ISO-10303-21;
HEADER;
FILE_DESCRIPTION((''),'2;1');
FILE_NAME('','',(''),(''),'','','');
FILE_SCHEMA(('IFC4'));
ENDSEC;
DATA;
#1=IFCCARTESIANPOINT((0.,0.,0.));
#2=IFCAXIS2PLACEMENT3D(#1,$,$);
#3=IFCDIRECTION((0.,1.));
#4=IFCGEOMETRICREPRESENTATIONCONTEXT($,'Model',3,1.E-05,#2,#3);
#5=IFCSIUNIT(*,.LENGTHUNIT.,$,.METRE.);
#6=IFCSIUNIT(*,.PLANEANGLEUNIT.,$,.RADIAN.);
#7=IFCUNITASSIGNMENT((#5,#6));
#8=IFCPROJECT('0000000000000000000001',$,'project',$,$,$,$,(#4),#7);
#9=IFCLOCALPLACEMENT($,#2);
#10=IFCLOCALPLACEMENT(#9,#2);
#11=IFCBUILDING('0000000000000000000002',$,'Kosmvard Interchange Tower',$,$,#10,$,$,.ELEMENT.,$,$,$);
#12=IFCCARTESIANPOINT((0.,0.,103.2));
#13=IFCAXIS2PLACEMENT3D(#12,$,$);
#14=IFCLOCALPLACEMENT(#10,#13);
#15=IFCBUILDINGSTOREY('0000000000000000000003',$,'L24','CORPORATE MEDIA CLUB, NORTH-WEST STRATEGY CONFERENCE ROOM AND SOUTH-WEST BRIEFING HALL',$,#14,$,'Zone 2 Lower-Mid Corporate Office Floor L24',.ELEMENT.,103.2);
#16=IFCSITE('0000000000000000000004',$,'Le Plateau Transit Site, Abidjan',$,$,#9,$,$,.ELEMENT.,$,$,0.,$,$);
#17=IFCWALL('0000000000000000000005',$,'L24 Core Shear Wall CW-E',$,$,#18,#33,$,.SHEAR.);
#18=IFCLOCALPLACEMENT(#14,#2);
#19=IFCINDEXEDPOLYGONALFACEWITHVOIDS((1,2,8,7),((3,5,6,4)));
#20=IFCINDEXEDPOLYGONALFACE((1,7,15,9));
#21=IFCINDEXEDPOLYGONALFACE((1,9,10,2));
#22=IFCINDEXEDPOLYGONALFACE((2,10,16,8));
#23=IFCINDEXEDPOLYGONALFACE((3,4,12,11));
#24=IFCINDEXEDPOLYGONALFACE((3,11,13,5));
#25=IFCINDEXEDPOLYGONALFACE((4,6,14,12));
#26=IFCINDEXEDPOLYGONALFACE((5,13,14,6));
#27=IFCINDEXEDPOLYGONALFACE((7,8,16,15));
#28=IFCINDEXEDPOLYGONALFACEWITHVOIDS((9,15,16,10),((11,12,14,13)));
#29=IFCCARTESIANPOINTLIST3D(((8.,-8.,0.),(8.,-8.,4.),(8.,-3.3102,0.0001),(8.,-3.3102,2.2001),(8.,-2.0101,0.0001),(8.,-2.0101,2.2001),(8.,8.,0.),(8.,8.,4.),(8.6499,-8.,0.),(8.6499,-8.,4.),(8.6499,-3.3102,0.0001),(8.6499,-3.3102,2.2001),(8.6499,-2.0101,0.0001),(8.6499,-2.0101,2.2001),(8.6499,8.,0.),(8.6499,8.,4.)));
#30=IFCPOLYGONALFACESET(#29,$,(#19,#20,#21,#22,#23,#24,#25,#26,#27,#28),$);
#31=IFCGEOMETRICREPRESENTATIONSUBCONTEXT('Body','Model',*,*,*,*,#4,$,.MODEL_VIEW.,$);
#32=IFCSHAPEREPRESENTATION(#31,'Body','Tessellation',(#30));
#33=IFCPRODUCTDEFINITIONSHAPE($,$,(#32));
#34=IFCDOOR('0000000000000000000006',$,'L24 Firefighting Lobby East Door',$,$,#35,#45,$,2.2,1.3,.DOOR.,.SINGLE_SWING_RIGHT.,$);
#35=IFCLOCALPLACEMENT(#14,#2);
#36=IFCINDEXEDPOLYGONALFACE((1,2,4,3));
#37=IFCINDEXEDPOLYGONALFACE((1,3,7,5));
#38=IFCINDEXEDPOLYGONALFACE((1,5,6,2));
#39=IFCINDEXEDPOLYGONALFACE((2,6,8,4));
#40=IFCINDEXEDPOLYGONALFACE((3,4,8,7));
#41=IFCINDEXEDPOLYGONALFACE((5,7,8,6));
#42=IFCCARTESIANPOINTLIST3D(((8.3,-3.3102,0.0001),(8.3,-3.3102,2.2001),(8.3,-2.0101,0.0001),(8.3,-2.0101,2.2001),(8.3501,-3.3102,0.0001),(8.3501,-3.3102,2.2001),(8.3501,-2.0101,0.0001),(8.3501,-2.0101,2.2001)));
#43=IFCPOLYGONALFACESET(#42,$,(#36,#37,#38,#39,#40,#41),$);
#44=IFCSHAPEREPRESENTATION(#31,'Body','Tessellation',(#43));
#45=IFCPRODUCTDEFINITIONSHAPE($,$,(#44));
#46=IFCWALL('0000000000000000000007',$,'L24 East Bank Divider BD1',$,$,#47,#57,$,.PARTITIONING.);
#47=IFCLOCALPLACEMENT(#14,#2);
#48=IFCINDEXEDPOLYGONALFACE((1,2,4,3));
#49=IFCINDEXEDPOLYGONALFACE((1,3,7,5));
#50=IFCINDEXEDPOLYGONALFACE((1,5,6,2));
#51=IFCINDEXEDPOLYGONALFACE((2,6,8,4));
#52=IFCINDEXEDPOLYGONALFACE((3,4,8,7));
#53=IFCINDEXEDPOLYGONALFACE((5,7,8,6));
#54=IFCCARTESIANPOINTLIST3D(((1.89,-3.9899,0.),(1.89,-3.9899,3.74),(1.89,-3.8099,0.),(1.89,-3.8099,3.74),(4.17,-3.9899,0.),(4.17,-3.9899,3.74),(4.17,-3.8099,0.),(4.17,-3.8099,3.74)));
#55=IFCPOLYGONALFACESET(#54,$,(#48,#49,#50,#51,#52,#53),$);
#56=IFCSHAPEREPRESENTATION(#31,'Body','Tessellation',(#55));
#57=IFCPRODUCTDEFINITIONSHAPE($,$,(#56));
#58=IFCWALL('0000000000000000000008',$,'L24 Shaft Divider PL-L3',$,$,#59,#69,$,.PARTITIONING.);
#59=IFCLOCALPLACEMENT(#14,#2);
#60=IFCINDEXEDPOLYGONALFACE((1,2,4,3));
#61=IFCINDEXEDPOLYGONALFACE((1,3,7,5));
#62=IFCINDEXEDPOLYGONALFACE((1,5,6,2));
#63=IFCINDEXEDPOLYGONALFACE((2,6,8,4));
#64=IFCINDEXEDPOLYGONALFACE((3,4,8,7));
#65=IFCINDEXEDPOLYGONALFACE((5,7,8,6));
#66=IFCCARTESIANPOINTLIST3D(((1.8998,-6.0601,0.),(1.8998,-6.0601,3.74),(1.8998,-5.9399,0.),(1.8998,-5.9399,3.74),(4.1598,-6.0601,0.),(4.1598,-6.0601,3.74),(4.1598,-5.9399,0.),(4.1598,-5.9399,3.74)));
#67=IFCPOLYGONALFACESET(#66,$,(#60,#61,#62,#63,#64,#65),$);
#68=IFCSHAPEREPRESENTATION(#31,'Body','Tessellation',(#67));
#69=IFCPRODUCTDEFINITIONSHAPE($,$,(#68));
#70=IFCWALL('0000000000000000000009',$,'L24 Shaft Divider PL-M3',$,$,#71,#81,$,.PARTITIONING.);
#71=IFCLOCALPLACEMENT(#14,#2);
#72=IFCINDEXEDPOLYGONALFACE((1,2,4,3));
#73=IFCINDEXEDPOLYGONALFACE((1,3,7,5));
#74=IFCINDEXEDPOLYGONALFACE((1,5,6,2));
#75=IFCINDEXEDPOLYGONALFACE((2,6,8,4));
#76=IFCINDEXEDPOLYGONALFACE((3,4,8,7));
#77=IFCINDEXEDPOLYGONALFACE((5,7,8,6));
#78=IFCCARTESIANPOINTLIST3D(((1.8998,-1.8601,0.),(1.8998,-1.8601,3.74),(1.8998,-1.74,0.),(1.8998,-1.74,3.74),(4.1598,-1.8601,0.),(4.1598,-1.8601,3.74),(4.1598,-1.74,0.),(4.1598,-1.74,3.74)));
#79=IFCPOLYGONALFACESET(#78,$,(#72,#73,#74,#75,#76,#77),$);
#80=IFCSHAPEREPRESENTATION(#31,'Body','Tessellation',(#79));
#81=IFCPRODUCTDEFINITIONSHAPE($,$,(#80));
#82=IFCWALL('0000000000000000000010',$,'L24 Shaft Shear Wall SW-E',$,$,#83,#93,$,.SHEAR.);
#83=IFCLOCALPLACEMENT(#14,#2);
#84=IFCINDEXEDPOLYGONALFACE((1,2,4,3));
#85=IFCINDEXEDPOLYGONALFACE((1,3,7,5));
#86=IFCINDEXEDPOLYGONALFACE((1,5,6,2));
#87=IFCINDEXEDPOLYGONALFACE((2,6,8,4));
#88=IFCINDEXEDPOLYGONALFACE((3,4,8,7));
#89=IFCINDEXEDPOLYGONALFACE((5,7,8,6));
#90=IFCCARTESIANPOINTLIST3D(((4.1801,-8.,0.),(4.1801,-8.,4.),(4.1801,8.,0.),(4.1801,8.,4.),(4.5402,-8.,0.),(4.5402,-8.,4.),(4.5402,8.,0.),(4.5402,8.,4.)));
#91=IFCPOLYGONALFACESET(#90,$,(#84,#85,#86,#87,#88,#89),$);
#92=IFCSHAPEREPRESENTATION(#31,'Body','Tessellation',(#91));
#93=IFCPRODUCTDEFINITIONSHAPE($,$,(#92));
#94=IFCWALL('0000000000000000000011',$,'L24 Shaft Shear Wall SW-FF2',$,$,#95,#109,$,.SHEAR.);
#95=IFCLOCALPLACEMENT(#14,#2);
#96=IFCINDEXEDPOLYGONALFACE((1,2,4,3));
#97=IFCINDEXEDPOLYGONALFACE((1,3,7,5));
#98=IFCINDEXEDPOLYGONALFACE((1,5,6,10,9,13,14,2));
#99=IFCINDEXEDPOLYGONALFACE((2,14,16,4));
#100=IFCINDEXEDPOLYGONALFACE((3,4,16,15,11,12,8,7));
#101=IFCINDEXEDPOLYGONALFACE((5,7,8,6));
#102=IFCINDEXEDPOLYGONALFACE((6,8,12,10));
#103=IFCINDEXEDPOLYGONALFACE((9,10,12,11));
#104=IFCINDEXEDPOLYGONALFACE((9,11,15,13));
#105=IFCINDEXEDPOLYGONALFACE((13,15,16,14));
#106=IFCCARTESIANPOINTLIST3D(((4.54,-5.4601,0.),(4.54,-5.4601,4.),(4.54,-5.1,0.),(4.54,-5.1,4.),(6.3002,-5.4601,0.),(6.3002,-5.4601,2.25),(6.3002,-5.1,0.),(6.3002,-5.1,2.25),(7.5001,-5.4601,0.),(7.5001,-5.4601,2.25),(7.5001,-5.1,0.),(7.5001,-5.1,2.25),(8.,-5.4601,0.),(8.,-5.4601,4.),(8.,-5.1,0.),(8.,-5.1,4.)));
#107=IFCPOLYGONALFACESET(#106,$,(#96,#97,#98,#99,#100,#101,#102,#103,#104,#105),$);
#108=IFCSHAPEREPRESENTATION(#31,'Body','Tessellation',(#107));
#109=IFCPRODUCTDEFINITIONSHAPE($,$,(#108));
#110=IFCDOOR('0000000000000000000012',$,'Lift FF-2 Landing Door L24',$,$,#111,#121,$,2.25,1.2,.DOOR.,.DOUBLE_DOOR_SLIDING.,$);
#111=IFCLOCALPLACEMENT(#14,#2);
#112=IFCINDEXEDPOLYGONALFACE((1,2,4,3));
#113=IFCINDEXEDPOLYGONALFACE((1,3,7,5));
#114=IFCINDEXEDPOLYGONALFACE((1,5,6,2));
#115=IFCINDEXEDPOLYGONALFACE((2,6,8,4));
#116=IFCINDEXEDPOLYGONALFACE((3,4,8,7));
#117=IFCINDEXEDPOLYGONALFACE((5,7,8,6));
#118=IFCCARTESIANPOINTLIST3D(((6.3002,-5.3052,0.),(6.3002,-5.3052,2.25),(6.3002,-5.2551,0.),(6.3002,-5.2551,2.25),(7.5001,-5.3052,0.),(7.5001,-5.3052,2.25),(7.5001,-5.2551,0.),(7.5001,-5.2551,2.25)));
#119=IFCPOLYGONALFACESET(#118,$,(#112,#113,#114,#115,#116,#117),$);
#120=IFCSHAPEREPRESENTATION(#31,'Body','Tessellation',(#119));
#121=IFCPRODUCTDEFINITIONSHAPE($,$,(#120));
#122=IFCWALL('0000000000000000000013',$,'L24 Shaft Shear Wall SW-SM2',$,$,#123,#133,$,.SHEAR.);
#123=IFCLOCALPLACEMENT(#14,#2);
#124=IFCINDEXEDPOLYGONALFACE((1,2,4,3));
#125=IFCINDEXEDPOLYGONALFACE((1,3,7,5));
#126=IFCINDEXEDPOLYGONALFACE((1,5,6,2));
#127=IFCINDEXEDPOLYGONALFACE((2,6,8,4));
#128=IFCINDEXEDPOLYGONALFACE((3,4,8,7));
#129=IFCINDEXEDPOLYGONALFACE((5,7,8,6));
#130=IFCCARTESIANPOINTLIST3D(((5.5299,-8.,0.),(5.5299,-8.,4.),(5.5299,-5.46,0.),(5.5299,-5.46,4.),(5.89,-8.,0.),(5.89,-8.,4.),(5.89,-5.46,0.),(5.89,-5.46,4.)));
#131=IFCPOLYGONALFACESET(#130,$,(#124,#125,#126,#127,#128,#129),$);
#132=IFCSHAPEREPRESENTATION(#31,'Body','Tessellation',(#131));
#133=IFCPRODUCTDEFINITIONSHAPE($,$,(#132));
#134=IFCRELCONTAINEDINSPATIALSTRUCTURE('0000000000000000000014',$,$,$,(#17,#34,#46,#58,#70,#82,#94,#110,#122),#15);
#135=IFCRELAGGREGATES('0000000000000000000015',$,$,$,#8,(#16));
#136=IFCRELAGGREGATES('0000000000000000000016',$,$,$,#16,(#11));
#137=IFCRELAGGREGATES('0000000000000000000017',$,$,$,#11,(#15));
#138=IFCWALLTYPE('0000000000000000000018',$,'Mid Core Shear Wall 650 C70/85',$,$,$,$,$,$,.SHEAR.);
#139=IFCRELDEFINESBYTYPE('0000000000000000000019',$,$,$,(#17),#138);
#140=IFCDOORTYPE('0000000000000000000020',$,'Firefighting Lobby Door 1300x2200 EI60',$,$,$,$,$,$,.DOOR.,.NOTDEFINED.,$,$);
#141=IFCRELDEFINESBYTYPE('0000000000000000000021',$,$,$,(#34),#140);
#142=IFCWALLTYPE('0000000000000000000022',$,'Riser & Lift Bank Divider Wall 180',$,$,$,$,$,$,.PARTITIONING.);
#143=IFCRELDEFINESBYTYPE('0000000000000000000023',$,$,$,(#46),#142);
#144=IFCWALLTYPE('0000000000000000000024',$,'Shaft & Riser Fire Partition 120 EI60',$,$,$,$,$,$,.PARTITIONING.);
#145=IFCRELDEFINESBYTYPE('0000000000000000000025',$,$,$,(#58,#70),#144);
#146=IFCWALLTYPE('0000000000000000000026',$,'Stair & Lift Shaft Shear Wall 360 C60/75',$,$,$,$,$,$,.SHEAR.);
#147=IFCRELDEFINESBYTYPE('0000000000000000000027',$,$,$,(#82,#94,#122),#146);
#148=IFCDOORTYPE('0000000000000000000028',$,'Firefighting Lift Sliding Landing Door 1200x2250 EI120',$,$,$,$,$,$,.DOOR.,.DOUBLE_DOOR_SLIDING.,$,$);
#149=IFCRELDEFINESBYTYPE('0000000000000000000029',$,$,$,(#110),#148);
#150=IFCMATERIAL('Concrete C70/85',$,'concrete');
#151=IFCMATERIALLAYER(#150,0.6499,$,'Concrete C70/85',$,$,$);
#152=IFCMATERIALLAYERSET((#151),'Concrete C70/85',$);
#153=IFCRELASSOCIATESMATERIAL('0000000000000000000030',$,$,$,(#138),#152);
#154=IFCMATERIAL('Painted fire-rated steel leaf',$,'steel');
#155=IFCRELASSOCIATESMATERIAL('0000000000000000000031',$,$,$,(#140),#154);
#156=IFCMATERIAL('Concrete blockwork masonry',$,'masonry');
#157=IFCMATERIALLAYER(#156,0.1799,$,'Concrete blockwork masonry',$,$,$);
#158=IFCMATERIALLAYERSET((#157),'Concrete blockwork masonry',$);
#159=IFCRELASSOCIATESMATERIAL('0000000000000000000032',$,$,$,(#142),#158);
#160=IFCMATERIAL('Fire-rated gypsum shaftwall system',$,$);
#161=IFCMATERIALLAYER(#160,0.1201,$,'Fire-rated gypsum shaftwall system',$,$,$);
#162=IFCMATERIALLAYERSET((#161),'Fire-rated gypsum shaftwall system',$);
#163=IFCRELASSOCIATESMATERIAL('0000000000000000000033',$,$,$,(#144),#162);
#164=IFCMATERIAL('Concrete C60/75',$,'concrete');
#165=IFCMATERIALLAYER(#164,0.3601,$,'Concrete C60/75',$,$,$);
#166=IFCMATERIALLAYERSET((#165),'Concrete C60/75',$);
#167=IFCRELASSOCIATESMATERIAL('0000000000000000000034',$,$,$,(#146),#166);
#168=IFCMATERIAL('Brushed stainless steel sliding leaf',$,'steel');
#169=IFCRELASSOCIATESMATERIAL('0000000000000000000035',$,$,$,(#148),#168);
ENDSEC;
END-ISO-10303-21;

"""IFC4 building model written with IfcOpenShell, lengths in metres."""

from ifc_helpers import new_model, si_unit, direction, frame, frame_2d, origin, place, context, subcontext, project, spatial, rectangle, extrude, source, transform, mapped, material, layer, layer_set, type_object, element, fill, save


model = new_model("IFC4")

# Units and contexts
model_context = context("Model", 3, precision=1e-05, world=origin(), true_north=direction((0.0, 1.0)))
body_context = subcontext(model_context, "Body", "Model", "MODEL_VIEW")
ifc_project = project(units=[si_unit("LENGTHUNIT", "METRE"), si_unit("PLANEANGLEUNIT", "RADIAN")], contexts=[model_context])

# Site, building, storey
site_placement = place(None, origin())
site = spatial("IfcSite", under=ifc_project, at=site_placement, Name="Le Plateau Transit Site, Abidjan", CompositionType="ELEMENT", RefElevation=0.0)
building_placement = place(site_placement, origin())
building = spatial("IfcBuilding", under=site, at=building_placement, Name="Kosmvard Interchange Tower", CompositionType="ELEMENT")
storey_placement = place(building_placement, frame((0.0, 0.0, 103.2)))
storey = spatial("IfcBuildingStorey", under=building, at=storey_placement, Name="L24", Description="CORPORATE MEDIA CLUB, NORTH-WEST STRATEGY CONFERENCE ROOM AND SOUTH-WEST BRIEFING HALL", LongName="Zone 2 Lower-Mid Corporate Office Floor L24", CompositionType="ELEMENT", Elevation=103.2)

# Shared definitions
ifc_material_1 = material(Name="Concrete C60/75", Category="concrete")

# Shared definitions
ifc_material_2 = material(Name="Brushed stainless steel sliding leaf", Category="steel")

# Wall, opening, door
ifc_material_3 = material(Name="Concrete C70/85", Category="concrete")
ifc_layer_1 = layer(ifc_material_3, 0.6499, Name="Concrete C70/85")
ifc_layer_set_1 = layer_set([ifc_layer_1], Name="Concrete C70/85")
wall_type_1 = type_object("IfcWallType", Name="Mid Core Shear Wall 650 C70/85", PredefinedType="SHEAR", material=ifc_layer_set_1)
wall_1_placement = place(storey_placement, frame((8.325, -8.0, 0.0), z_axis=(0.0, 0.0, 1.0), x_axis=(0.0, 1.0, 0.0)))
wall_1 = element("IfcWall", 1, at=wall_1_placement, inside=storey, type_object=wall_type_1, Name="L24 Core Shear Wall CW-E", PredefinedType="SHEAR", context=body_context, shape_type="SweptSolid", body=[
    extrude(rectangle(XDim=16.0, YDim=0.6499, at=frame_2d((8.0, 0.0))), origin(), (0.0, 0.0, 1.0), 4.0),
])
opening_1_placement = place(wall_1_placement, frame((4.6899, 0.0, 0.0)))
opening_1 = element("IfcOpeningElement", 2, at=opening_1_placement, cuts=wall_1, PredefinedType="OPENING", context=body_context, shape_type="SweptSolid", body=[
    extrude(rectangle(XDim=1.3, YDim=2.2, at=frame_2d((0.6499, 1.1001))), frame((0.0, 0.335, 0.0), z_axis=(0.0, -1.0, 0.0), x_axis=(1.0, 0.0, 0.0)), (0.0, 0.0, 1.0), 0.6699),
])
ifc_material_4 = material(Name="Painted fire-rated steel leaf", Category="steel")
door_type_1 = type_object("IfcDoorType", Name="Firefighting Lobby Door 1300x2200 EI60", OperationType="NOTDEFINED", PredefinedType="DOOR", material=ifc_material_4)
shared_shape_1 = source(origin(), body_context, "Body", "SweptSolid", [
    extrude(rectangle(XDim=1.3, YDim=2.2, at=frame_2d((0.6499, 1.1001))), frame((0.0, 0.0249, 0.0), z_axis=(0.0, -1.0, 0.0), x_axis=(1.0, 0.0, 0.0)), (0.0, 0.0, 1.0), 0.05),
])
door_1_placement = place(opening_1_placement, origin())
door_1 = element("IfcDoor", 3, at=door_1_placement, inside=storey, type_object=door_type_1, Name="L24 Firefighting Lobby East Door", OperationType="SINGLE_SWING_RIGHT", OverallHeight=2.2, OverallWidth=1.3, PredefinedType="DOOR", context=body_context, shape_type="MappedRepresentation", body=[
    mapped(shared_shape_1, transform((0.0, 0.0, 0.0), scale=1.0)),
])
fill(opening_1, door_1)

# Walls
ifc_material_5 = material(Name="Concrete blockwork masonry", Category="masonry")
ifc_layer_2 = layer(ifc_material_5, 0.1799, Name="Concrete blockwork masonry")
ifc_layer_set_2 = layer_set([ifc_layer_2], Name="Concrete blockwork masonry")
wall_type_2 = type_object("IfcWallType", Name="Riser & Lift Bank Divider Wall 180", PredefinedType="PARTITIONING", material=ifc_layer_set_2)
wall_2_placement = place(storey_placement, frame((1.8899, -3.8999, 0.0), z_axis=(0.0, 0.0, 1.0), x_axis=(1.0, 0.0, 0.0)))
element("IfcWall", 4, at=wall_2_placement, inside=storey, type_object=wall_type_2, Name="L24 East Bank Divider BD1", PredefinedType="PARTITIONING", context=body_context, shape_type="SweptSolid", body=[
    extrude(rectangle(XDim=2.28, YDim=0.1799, at=frame_2d((1.1401, 0.0))), origin(), (0.0, 0.0, 1.0), 3.74),
])
ifc_material_6 = material(Name="Fire-rated gypsum shaftwall system")
ifc_layer_3 = layer(ifc_material_6, 0.1201, Name="Fire-rated gypsum shaftwall system")
ifc_layer_set_3 = layer_set([ifc_layer_3], Name="Fire-rated gypsum shaftwall system")
wall_type_3 = type_object("IfcWallType", Name="Shaft & Riser Fire Partition 120 EI60", PredefinedType="PARTITIONING", material=ifc_layer_set_3)
for number, where, z_axis, x_axis, name in (
    (5, (1.8999, -6.0, 0.0), (0.0, 0.0, 1.0), (1.0, 0.0, 0.0), "L24 Shaft Divider PL-L3"),
    (6, (1.8999, -1.8, 0.0), (0.0, 0.0, 1.0), (1.0, 0.0, 0.0), "L24 Shaft Divider PL-M3"),
):
    element("IfcWall", number, at=place(storey_placement, frame(where, z_axis=z_axis, x_axis=x_axis)), inside=storey, type_object=wall_type_3, Name=name, PredefinedType="PARTITIONING", context=body_context, shape_type="SweptSolid", body=[
        extrude(rectangle(XDim=2.26, YDim=0.1201, at=frame_2d((1.1299, 0.0))), origin(), (0.0, 0.0, 1.0), 3.74),
    ])
ifc_layer_4 = layer(ifc_material_1, 0.3601, Name="Concrete C60/75")
ifc_layer_set_4 = layer_set([ifc_layer_4], Name="Concrete C60/75")
wall_type_4 = type_object("IfcWallType", Name="Stair & Lift Shaft Shear Wall 360 C60/75", PredefinedType="SHEAR", material=ifc_layer_set_4)
wall_3_placement = place(storey_placement, frame((4.3601, -8.0, 0.0), z_axis=(0.0, 0.0, 1.0), x_axis=(0.0, 1.0, 0.0)))
element("IfcWall", 7, at=wall_3_placement, inside=storey, type_object=wall_type_4, Name="L24 Shaft Shear Wall SW-E", PredefinedType="SHEAR", context=body_context, shape_type="SweptSolid", body=[
    extrude(rectangle(XDim=16.0, YDim=0.3601, at=frame_2d((8.0, 0.0))), origin(), (0.0, 0.0, 1.0), 4.0),
])

# Wall, opening, door
wall_4_placement = place(storey_placement, frame((4.54, -5.28, 0.0), z_axis=(0.0, 0.0, 1.0), x_axis=(1.0, 0.0, 0.0)))
wall_4 = element("IfcWall", 8, at=wall_4_placement, inside=storey, type_object=wall_type_4, Name="L24 Shaft Shear Wall SW-FF2", PredefinedType="SHEAR", context=body_context, shape_type="SweptSolid", body=[
    extrude(rectangle(XDim=3.46, YDim=0.3601, at=frame_2d((1.73, 0.0))), origin(), (0.0, 0.0, 1.0), 4.0),
])
opening_2_placement = place(wall_4_placement, frame((1.76, 0.0, 0.0)))
opening_2 = element("IfcOpeningElement", 9, at=opening_2_placement, cuts=wall_4, PredefinedType="OPENING", context=body_context, shape_type="SweptSolid", body=[
    extrude(rectangle(XDim=1.2, YDim=2.25, at=frame_2d((0.6001, 1.125))), frame((0.0, 0.1899, 0.0), z_axis=(0.0, -1.0, 0.0), x_axis=(1.0, 0.0, 0.0)), (0.0, 0.0, 1.0), 0.3801),
])
door_type_2 = type_object("IfcDoorType", Name="Firefighting Lift Sliding Landing Door 1200x2250 EI120", OperationType="DOUBLE_DOOR_SLIDING", PredefinedType="DOOR", material=ifc_material_2)
shared_shape_2 = source(origin(), body_context, "Body", "SweptSolid", [
    extrude(rectangle(XDim=1.2, YDim=2.25, at=frame_2d((0.6001, 1.125))), frame((0.0, 0.0249, 0.0), z_axis=(0.0, -1.0, 0.0), x_axis=(1.0, 0.0, 0.0)), (0.0, 0.0, 1.0), 0.05),
])
door_2_placement = place(opening_2_placement, origin())
door_2 = element("IfcDoor", 10, at=door_2_placement, inside=storey, type_object=door_type_2, Name="Lift FF-2 Landing Door L24", OperationType="DOUBLE_DOOR_SLIDING", OverallHeight=2.25, OverallWidth=1.2, PredefinedType="DOOR", context=body_context, shape_type="MappedRepresentation", body=[
    mapped(shared_shape_2, transform((0.0, 0.0, 0.0), scale=1.0)),
])
fill(opening_2, door_2)

# Wall
wall_5_placement = place(storey_placement, frame((5.71, -8.0, 0.0), z_axis=(0.0, 0.0, 1.0), x_axis=(0.0, 1.0, 0.0)))
element("IfcWall", 11, at=wall_5_placement, inside=storey, type_object=wall_type_4, Name="L24 Shaft Shear Wall SW-SM2", PredefinedType="SHEAR", context=body_context, shape_type="SweptSolid", body=[
    extrude(rectangle(XDim=2.54, YDim=0.3601, at=frame_2d((1.27, 0.0))), origin(), (0.0, 0.0, 1.0), 4.0),
])

save(model, "model.ifc")
